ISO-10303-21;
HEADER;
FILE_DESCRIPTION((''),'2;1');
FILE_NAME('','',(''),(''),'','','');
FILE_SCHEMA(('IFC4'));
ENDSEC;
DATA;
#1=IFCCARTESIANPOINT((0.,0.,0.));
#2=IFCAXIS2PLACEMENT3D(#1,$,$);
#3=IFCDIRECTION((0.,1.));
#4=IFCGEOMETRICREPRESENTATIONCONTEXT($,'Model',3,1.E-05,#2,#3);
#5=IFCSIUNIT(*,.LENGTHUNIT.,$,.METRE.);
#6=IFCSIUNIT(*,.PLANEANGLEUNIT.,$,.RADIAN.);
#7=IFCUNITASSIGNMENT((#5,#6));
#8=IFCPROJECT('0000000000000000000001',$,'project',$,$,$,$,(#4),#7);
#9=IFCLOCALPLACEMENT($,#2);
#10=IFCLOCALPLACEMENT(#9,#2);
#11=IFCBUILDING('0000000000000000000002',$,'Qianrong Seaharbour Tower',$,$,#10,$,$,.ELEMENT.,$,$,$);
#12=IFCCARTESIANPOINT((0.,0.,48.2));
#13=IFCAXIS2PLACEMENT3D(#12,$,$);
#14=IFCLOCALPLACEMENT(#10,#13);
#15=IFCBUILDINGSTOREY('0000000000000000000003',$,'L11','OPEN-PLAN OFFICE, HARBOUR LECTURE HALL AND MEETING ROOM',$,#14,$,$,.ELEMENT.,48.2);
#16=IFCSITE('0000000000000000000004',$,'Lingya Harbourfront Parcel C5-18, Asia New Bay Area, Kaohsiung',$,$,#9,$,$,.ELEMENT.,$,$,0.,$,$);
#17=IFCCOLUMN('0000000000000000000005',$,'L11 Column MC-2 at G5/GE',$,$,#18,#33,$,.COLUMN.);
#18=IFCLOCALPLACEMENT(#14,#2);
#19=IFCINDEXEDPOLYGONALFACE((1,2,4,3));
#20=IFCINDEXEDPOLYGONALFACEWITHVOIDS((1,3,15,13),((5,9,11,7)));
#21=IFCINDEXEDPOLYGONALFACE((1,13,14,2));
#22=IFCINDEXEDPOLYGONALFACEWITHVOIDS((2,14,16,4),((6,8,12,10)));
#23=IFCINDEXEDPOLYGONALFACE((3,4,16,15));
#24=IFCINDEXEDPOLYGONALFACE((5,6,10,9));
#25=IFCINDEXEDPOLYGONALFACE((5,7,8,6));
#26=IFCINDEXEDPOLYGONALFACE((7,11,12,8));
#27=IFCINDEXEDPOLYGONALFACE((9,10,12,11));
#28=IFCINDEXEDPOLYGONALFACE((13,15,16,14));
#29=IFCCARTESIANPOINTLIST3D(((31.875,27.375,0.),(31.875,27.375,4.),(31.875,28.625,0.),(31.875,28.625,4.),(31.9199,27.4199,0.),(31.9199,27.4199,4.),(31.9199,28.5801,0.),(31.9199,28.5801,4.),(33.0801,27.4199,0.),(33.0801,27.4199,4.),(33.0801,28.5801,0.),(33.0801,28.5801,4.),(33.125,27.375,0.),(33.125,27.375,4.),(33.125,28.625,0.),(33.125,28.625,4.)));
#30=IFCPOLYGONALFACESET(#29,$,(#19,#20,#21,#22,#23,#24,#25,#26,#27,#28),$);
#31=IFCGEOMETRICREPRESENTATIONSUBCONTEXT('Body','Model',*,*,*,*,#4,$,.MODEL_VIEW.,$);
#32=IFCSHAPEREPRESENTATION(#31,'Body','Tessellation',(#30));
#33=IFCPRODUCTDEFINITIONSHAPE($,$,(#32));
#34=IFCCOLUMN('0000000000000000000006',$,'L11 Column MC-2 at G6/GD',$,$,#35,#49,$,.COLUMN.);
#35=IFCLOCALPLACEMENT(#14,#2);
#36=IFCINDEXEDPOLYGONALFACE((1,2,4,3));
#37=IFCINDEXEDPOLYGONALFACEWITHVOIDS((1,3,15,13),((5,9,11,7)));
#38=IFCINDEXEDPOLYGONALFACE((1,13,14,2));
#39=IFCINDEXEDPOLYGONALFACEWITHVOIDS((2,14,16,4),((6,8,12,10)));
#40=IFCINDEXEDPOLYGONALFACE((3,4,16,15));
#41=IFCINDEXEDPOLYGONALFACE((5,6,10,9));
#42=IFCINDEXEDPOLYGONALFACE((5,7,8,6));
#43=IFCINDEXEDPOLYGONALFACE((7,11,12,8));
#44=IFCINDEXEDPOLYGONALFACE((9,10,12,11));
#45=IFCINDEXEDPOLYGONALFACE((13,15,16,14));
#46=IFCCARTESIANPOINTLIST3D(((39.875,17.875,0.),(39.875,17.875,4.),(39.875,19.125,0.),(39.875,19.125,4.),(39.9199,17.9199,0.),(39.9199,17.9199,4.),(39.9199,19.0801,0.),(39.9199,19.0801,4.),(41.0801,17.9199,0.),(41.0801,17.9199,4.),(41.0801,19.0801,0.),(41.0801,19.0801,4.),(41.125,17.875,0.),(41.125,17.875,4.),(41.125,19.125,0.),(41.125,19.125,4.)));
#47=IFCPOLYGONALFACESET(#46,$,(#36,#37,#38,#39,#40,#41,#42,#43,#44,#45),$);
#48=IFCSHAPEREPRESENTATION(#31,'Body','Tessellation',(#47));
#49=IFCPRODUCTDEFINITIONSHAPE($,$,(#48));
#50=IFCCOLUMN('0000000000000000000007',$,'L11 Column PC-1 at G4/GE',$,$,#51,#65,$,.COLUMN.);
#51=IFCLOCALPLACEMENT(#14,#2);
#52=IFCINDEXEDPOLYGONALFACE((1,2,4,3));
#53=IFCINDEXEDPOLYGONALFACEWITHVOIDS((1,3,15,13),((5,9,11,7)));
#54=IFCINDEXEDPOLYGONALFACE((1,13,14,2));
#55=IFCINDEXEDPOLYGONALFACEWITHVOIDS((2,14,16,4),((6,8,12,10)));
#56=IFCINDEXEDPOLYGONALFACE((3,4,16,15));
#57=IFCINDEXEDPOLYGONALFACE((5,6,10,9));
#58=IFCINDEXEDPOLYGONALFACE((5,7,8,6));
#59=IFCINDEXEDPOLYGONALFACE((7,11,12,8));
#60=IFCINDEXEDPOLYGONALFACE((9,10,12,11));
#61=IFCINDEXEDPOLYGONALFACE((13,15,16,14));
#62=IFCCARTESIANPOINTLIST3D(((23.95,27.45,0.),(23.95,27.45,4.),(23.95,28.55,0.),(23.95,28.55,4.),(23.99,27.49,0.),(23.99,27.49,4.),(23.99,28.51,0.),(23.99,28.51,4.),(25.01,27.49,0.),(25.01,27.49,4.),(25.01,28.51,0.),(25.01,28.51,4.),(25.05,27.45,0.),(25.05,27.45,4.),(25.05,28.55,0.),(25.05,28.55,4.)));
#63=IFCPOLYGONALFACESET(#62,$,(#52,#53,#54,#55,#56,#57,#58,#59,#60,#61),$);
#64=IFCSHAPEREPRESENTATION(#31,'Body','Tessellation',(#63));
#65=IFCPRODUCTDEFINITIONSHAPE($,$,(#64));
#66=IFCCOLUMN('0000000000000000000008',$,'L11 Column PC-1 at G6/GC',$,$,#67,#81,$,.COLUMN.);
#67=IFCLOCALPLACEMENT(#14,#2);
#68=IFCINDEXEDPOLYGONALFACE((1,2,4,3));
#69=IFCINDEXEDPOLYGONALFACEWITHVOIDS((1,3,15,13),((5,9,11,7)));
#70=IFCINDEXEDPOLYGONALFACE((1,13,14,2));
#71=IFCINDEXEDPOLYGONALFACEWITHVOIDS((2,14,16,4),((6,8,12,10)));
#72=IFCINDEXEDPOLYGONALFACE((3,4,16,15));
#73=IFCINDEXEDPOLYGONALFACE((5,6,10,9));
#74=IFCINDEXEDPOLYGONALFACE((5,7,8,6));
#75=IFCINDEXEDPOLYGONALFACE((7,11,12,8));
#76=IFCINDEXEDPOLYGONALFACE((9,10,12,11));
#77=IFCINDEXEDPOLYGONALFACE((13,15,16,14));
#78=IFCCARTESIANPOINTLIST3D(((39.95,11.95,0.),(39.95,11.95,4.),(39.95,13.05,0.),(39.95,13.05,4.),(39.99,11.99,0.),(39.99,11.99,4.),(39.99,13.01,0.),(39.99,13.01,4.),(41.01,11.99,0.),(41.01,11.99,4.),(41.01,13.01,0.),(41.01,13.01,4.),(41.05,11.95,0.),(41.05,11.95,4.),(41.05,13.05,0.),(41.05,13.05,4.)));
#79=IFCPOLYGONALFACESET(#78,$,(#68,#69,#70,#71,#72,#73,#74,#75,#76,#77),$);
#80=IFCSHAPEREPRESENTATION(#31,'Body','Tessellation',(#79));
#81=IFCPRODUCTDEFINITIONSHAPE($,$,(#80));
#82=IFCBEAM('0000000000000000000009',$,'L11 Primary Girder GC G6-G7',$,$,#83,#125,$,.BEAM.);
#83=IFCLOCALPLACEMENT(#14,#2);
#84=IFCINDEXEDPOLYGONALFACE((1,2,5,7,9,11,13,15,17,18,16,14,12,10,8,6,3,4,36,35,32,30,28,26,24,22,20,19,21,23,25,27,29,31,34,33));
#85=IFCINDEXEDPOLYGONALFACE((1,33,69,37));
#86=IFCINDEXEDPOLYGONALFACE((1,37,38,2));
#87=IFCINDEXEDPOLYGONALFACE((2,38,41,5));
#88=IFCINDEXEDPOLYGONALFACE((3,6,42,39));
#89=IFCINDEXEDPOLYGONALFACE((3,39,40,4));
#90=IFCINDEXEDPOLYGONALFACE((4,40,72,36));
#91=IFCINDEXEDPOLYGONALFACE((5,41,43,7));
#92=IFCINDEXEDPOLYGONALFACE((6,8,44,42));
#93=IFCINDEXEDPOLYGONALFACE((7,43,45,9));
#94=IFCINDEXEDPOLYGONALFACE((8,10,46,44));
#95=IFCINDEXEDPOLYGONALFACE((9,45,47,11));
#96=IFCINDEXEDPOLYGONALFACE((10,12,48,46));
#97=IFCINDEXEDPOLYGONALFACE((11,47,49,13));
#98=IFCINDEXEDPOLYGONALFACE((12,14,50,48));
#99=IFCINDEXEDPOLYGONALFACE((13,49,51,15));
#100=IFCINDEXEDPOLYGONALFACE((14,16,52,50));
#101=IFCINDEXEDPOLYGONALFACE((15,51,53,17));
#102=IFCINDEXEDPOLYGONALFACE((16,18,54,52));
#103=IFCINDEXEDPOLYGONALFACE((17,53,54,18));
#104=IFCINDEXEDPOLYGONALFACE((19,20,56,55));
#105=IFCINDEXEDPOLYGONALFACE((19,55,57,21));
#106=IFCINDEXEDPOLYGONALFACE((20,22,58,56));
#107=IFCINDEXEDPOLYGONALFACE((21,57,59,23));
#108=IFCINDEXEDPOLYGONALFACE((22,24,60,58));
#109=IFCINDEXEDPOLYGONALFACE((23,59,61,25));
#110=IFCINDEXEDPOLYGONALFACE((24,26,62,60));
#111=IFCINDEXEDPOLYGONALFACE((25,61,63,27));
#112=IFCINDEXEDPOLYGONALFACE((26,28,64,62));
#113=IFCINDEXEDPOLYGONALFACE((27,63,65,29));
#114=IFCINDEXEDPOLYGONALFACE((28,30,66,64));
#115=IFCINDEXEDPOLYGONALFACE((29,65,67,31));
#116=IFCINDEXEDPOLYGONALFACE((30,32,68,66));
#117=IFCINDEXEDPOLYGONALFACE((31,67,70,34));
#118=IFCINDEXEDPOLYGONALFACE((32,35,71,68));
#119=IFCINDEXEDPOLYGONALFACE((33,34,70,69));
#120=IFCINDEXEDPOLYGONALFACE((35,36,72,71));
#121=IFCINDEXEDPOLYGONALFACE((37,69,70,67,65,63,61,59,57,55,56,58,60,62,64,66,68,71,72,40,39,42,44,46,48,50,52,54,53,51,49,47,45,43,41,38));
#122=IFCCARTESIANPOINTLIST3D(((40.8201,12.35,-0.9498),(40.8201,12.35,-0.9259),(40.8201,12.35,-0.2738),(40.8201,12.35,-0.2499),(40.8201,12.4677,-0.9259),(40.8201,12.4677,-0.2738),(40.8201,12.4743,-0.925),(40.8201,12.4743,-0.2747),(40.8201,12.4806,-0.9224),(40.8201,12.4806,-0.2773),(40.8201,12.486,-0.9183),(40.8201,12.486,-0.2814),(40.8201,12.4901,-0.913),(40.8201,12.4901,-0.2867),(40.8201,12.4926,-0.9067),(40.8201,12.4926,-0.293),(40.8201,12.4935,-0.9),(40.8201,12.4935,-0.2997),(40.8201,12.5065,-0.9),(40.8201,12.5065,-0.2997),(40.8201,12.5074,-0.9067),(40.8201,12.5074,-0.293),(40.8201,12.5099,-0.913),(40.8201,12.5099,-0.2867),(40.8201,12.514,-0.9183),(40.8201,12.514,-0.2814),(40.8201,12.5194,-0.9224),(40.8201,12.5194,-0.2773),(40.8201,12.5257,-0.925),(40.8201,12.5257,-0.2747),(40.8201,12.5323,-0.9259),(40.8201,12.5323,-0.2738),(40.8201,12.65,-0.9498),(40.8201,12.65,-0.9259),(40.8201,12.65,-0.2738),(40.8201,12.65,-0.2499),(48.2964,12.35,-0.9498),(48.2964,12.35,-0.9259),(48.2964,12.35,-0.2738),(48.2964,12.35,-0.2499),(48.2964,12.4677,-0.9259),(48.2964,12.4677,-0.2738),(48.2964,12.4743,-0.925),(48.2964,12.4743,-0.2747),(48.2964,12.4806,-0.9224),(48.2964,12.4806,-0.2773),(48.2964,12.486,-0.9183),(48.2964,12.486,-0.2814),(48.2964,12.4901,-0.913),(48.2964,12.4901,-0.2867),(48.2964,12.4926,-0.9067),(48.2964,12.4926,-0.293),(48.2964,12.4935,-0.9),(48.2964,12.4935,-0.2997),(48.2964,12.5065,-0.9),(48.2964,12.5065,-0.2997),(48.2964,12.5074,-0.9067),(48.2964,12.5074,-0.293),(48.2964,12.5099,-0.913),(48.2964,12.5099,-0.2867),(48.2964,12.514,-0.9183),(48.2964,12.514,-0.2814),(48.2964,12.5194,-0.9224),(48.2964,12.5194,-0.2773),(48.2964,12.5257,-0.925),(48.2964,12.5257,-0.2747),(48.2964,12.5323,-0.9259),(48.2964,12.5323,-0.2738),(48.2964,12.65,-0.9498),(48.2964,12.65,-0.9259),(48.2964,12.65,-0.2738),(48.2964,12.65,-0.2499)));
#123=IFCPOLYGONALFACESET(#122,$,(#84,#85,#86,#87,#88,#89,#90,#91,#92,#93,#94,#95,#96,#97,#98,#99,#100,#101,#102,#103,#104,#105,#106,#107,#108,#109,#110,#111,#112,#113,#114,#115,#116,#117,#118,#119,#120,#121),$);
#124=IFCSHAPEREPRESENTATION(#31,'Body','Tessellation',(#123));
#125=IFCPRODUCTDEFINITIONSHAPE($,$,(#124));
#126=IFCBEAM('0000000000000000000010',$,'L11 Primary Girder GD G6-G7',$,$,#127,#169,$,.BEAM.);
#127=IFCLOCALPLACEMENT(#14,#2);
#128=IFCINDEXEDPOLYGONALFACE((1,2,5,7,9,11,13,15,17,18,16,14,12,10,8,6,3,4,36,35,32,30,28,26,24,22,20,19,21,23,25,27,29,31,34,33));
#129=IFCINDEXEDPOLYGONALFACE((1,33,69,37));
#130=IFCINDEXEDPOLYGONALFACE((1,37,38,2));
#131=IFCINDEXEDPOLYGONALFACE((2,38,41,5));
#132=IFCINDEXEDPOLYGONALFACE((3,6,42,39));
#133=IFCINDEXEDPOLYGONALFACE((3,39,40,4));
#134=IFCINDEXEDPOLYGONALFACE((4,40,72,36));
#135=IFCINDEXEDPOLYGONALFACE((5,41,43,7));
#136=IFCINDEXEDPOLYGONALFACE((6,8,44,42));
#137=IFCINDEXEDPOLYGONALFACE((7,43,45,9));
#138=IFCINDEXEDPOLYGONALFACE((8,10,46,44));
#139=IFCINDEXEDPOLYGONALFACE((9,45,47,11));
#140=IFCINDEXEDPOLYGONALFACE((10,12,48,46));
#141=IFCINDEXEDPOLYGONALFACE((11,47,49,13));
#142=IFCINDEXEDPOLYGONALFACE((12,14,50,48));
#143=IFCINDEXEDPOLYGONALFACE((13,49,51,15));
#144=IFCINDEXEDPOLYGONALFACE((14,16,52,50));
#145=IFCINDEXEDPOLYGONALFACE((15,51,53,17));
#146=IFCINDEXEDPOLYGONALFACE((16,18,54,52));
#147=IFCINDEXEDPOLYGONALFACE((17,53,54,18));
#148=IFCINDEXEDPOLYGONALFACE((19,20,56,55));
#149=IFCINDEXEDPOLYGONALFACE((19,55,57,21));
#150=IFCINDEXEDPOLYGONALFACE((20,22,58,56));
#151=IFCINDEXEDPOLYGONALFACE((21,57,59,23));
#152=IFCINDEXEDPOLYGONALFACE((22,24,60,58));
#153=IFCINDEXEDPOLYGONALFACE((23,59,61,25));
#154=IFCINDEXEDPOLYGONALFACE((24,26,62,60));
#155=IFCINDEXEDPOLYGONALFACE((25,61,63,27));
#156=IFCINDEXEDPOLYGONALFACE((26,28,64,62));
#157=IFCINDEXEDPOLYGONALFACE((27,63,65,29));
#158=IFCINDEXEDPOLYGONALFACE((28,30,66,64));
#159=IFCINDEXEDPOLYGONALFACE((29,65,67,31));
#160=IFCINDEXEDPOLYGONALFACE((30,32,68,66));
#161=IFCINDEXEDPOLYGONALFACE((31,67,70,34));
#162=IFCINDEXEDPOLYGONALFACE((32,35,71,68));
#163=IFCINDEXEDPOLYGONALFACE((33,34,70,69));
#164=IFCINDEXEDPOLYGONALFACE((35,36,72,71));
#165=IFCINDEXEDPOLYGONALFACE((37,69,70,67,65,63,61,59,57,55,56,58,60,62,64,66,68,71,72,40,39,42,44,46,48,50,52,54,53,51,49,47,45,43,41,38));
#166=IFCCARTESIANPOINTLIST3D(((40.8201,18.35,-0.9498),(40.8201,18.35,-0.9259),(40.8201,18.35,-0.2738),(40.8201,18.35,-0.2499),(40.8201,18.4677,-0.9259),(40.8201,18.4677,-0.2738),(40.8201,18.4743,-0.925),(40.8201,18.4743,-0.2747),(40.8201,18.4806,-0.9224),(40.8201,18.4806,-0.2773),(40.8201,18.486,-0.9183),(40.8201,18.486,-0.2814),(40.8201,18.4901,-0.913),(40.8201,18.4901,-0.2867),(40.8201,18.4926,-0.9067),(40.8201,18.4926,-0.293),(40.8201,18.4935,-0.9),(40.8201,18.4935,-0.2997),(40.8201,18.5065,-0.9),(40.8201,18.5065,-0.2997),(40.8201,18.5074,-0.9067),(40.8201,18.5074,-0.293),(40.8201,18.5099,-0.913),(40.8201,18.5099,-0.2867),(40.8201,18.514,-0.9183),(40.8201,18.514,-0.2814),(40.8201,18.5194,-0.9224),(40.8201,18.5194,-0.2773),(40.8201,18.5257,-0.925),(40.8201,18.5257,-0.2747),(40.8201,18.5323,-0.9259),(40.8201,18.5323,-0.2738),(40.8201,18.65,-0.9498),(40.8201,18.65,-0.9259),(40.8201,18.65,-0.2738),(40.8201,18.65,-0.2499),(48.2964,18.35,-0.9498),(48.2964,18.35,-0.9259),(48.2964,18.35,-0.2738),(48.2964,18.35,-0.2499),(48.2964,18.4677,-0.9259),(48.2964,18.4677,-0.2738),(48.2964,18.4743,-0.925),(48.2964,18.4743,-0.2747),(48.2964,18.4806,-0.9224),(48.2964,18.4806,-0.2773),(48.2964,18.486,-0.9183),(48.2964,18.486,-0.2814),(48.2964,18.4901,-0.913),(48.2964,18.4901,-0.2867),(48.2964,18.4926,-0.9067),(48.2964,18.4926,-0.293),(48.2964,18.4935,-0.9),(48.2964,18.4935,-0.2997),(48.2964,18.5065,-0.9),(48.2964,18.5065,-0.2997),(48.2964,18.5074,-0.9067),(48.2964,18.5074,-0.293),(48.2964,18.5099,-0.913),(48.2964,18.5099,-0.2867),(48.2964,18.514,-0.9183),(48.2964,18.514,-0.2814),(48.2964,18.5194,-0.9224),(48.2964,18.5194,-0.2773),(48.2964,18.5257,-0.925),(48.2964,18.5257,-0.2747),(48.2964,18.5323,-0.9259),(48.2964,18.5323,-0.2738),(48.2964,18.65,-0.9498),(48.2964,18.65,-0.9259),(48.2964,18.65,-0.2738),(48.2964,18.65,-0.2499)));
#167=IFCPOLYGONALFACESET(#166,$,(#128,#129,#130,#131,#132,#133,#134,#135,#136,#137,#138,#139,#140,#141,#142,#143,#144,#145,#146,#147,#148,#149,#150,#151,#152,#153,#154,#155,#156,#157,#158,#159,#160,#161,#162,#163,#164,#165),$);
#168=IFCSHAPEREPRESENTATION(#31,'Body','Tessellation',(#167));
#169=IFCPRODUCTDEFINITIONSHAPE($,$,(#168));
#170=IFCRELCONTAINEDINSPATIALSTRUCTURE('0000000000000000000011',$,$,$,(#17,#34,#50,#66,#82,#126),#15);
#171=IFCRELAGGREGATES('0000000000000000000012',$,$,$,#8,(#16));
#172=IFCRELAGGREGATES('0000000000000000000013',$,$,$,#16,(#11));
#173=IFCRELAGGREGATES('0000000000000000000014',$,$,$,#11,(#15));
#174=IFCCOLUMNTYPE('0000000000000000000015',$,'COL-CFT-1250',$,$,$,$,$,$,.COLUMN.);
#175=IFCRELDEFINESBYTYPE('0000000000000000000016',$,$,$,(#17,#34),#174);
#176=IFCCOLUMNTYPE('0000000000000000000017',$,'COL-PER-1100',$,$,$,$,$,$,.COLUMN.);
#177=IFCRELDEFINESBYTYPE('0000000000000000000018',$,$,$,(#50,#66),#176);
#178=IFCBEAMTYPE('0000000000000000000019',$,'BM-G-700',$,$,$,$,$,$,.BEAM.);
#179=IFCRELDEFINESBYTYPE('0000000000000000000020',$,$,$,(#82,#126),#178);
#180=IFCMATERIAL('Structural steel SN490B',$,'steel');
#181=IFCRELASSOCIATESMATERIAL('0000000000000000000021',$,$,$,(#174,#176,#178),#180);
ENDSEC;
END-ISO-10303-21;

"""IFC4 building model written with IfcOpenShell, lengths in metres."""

from ifc_helpers import new_model, si_unit, direction, frame, origin, origin_2d, place, context, subcontext, project, spatial, hollow_rectangle, i_section, extrude, material, material_profile, profile_set, type_object, element, save


model = new_model("IFC4")

# Units and contexts
model_context = context("Model", 3, precision=1e-05, world=origin(), true_north=direction((0.0, 1.0)))
body_context = subcontext(model_context, "Body", "Model", "MODEL_VIEW")
ifc_project = project(units=[si_unit("LENGTHUNIT", "METRE"), si_unit("PLANEANGLEUNIT", "RADIAN")], contexts=[model_context])

# Site, building, storey
site_placement = place(None, origin())
site = spatial("IfcSite", under=ifc_project, at=site_placement, Name="Lingya Harbourfront Parcel C5-18, Asia New Bay Area, Kaohsiung", CompositionType="ELEMENT", RefElevation=0.0)
building_placement = place(site_placement, origin())
building = spatial("IfcBuilding", under=site, at=building_placement, Name="Qianrong Seaharbour Tower", CompositionType="ELEMENT")
storey_placement = place(building_placement, frame((0.0, 0.0, 48.2)))
storey = spatial("IfcBuildingStorey", under=building, at=storey_placement, Name="L11", Description="OPEN-PLAN OFFICE, HARBOUR LECTURE HALL AND MEETING ROOM", CompositionType="ELEMENT", Elevation=48.2)

# Columns
ifc_material_1 = material(Name="Structural steel SN490B", Category="steel")
ifc_material_profile_1 = material_profile(ifc_material_1, hollow_rectangle(XDim=1.25, YDim=1.25, WallThickness=0.0449, at=origin_2d()), Name="BOX1250x1250x45")
ifc_profile_set_1 = profile_set([ifc_material_profile_1], Name="Structural steel SN490B")
column_type_1 = type_object("IfcColumnType", Name="COL-CFT-1250", PredefinedType="COLUMN", material=ifc_profile_set_1)
for number, where, z_axis, x_axis, name in (
    (1, (32.5, 28.0, 0.0), (0.0, 0.0, 1.0), (1.0, 0.0, 0.0), "L11 Column MC-2 at G5/GE"),
    (2, (40.5, 18.5, 0.0), (0.0, 0.0, 1.0), (1.0, 0.0, 0.0), "L11 Column MC-2 at G6/GD"),
):
    element("IfcColumn", number, at=place(storey_placement, frame(where, z_axis=z_axis, x_axis=x_axis)), inside=storey, type_object=column_type_1, Name=name, PredefinedType="COLUMN", context=body_context, shape_type="SweptSolid", body=[
        extrude(hollow_rectangle(XDim=1.25, YDim=1.25, WallThickness=0.0449, at=origin_2d()), origin(), (0.0, 0.0, 1.0), 4.0),
    ])
ifc_material_profile_2 = material_profile(ifc_material_1, hollow_rectangle(XDim=1.1001, YDim=1.1001, WallThickness=0.04, at=origin_2d()), Name="BOX1100x1100x40")
ifc_profile_set_2 = profile_set([ifc_material_profile_2], Name="Structural steel SN490B")
column_type_2 = type_object("IfcColumnType", Name="COL-PER-1100", PredefinedType="COLUMN", material=ifc_profile_set_2)
for number, where, z_axis, x_axis, name in (
    (3, (24.5, 28.0, 0.0), (0.0, 0.0, 1.0), (1.0, 0.0, 0.0), "L11 Column PC-1 at G4/GE"),
    (4, (40.5, 12.5, 0.0), (0.0, 0.0, 1.0), (1.0, 0.0, 0.0), "L11 Column PC-1 at G6/GC"),
):
    element("IfcColumn", number, at=place(storey_placement, frame(where, z_axis=z_axis, x_axis=x_axis)), inside=storey, type_object=column_type_2, Name=name, PredefinedType="COLUMN", context=body_context, shape_type="SweptSolid", body=[
        extrude(hollow_rectangle(XDim=1.1001, YDim=1.1001, WallThickness=0.04, at=origin_2d()), origin(), (0.0, 0.0, 1.0), 4.0),
    ])

# Beams
ifc_material_profile_3 = material_profile(ifc_material_1, i_section(OverallWidth=0.3, OverallDepth=0.7, WebThickness=0.0129, FlangeThickness=0.0239, FilletRadius=0.0259, at=origin_2d()), Name="H700x300x13x24")
ifc_profile_set_3 = profile_set([ifc_material_profile_3], Name="Structural steel SN490B")
beam_type_1 = type_object("IfcBeamType", Name="BM-G-700", PredefinedType="BEAM", material=ifc_profile_set_3)
for number, where, z_axis, x_axis, name in (
    (5, (40.8201, 12.5, -0.5999), (1.0, 0.0, 0.0), (0.0, 1.0, 0.0), "L11 Primary Girder GC G6-G7"),
    (6, (40.8201, 18.5, -0.5999), (1.0, 0.0, 0.0), (0.0, 1.0, 0.0), "L11 Primary Girder GD G6-G7"),
):
    element("IfcBeam", number, at=place(storey_placement, frame(where, z_axis=z_axis, x_axis=x_axis)), inside=storey, type_object=beam_type_1, Name=name, PredefinedType="BEAM", context=body_context, shape_type="SweptSolid", body=[
        extrude(i_section(OverallWidth=0.3, OverallDepth=0.7, WebThickness=0.0129, FlangeThickness=0.0239, FilletRadius=0.0259, at=origin_2d()), origin(), (0.0, 0.0, 1.0), 7.4763),
    ])

save(model, "model.ifc")
